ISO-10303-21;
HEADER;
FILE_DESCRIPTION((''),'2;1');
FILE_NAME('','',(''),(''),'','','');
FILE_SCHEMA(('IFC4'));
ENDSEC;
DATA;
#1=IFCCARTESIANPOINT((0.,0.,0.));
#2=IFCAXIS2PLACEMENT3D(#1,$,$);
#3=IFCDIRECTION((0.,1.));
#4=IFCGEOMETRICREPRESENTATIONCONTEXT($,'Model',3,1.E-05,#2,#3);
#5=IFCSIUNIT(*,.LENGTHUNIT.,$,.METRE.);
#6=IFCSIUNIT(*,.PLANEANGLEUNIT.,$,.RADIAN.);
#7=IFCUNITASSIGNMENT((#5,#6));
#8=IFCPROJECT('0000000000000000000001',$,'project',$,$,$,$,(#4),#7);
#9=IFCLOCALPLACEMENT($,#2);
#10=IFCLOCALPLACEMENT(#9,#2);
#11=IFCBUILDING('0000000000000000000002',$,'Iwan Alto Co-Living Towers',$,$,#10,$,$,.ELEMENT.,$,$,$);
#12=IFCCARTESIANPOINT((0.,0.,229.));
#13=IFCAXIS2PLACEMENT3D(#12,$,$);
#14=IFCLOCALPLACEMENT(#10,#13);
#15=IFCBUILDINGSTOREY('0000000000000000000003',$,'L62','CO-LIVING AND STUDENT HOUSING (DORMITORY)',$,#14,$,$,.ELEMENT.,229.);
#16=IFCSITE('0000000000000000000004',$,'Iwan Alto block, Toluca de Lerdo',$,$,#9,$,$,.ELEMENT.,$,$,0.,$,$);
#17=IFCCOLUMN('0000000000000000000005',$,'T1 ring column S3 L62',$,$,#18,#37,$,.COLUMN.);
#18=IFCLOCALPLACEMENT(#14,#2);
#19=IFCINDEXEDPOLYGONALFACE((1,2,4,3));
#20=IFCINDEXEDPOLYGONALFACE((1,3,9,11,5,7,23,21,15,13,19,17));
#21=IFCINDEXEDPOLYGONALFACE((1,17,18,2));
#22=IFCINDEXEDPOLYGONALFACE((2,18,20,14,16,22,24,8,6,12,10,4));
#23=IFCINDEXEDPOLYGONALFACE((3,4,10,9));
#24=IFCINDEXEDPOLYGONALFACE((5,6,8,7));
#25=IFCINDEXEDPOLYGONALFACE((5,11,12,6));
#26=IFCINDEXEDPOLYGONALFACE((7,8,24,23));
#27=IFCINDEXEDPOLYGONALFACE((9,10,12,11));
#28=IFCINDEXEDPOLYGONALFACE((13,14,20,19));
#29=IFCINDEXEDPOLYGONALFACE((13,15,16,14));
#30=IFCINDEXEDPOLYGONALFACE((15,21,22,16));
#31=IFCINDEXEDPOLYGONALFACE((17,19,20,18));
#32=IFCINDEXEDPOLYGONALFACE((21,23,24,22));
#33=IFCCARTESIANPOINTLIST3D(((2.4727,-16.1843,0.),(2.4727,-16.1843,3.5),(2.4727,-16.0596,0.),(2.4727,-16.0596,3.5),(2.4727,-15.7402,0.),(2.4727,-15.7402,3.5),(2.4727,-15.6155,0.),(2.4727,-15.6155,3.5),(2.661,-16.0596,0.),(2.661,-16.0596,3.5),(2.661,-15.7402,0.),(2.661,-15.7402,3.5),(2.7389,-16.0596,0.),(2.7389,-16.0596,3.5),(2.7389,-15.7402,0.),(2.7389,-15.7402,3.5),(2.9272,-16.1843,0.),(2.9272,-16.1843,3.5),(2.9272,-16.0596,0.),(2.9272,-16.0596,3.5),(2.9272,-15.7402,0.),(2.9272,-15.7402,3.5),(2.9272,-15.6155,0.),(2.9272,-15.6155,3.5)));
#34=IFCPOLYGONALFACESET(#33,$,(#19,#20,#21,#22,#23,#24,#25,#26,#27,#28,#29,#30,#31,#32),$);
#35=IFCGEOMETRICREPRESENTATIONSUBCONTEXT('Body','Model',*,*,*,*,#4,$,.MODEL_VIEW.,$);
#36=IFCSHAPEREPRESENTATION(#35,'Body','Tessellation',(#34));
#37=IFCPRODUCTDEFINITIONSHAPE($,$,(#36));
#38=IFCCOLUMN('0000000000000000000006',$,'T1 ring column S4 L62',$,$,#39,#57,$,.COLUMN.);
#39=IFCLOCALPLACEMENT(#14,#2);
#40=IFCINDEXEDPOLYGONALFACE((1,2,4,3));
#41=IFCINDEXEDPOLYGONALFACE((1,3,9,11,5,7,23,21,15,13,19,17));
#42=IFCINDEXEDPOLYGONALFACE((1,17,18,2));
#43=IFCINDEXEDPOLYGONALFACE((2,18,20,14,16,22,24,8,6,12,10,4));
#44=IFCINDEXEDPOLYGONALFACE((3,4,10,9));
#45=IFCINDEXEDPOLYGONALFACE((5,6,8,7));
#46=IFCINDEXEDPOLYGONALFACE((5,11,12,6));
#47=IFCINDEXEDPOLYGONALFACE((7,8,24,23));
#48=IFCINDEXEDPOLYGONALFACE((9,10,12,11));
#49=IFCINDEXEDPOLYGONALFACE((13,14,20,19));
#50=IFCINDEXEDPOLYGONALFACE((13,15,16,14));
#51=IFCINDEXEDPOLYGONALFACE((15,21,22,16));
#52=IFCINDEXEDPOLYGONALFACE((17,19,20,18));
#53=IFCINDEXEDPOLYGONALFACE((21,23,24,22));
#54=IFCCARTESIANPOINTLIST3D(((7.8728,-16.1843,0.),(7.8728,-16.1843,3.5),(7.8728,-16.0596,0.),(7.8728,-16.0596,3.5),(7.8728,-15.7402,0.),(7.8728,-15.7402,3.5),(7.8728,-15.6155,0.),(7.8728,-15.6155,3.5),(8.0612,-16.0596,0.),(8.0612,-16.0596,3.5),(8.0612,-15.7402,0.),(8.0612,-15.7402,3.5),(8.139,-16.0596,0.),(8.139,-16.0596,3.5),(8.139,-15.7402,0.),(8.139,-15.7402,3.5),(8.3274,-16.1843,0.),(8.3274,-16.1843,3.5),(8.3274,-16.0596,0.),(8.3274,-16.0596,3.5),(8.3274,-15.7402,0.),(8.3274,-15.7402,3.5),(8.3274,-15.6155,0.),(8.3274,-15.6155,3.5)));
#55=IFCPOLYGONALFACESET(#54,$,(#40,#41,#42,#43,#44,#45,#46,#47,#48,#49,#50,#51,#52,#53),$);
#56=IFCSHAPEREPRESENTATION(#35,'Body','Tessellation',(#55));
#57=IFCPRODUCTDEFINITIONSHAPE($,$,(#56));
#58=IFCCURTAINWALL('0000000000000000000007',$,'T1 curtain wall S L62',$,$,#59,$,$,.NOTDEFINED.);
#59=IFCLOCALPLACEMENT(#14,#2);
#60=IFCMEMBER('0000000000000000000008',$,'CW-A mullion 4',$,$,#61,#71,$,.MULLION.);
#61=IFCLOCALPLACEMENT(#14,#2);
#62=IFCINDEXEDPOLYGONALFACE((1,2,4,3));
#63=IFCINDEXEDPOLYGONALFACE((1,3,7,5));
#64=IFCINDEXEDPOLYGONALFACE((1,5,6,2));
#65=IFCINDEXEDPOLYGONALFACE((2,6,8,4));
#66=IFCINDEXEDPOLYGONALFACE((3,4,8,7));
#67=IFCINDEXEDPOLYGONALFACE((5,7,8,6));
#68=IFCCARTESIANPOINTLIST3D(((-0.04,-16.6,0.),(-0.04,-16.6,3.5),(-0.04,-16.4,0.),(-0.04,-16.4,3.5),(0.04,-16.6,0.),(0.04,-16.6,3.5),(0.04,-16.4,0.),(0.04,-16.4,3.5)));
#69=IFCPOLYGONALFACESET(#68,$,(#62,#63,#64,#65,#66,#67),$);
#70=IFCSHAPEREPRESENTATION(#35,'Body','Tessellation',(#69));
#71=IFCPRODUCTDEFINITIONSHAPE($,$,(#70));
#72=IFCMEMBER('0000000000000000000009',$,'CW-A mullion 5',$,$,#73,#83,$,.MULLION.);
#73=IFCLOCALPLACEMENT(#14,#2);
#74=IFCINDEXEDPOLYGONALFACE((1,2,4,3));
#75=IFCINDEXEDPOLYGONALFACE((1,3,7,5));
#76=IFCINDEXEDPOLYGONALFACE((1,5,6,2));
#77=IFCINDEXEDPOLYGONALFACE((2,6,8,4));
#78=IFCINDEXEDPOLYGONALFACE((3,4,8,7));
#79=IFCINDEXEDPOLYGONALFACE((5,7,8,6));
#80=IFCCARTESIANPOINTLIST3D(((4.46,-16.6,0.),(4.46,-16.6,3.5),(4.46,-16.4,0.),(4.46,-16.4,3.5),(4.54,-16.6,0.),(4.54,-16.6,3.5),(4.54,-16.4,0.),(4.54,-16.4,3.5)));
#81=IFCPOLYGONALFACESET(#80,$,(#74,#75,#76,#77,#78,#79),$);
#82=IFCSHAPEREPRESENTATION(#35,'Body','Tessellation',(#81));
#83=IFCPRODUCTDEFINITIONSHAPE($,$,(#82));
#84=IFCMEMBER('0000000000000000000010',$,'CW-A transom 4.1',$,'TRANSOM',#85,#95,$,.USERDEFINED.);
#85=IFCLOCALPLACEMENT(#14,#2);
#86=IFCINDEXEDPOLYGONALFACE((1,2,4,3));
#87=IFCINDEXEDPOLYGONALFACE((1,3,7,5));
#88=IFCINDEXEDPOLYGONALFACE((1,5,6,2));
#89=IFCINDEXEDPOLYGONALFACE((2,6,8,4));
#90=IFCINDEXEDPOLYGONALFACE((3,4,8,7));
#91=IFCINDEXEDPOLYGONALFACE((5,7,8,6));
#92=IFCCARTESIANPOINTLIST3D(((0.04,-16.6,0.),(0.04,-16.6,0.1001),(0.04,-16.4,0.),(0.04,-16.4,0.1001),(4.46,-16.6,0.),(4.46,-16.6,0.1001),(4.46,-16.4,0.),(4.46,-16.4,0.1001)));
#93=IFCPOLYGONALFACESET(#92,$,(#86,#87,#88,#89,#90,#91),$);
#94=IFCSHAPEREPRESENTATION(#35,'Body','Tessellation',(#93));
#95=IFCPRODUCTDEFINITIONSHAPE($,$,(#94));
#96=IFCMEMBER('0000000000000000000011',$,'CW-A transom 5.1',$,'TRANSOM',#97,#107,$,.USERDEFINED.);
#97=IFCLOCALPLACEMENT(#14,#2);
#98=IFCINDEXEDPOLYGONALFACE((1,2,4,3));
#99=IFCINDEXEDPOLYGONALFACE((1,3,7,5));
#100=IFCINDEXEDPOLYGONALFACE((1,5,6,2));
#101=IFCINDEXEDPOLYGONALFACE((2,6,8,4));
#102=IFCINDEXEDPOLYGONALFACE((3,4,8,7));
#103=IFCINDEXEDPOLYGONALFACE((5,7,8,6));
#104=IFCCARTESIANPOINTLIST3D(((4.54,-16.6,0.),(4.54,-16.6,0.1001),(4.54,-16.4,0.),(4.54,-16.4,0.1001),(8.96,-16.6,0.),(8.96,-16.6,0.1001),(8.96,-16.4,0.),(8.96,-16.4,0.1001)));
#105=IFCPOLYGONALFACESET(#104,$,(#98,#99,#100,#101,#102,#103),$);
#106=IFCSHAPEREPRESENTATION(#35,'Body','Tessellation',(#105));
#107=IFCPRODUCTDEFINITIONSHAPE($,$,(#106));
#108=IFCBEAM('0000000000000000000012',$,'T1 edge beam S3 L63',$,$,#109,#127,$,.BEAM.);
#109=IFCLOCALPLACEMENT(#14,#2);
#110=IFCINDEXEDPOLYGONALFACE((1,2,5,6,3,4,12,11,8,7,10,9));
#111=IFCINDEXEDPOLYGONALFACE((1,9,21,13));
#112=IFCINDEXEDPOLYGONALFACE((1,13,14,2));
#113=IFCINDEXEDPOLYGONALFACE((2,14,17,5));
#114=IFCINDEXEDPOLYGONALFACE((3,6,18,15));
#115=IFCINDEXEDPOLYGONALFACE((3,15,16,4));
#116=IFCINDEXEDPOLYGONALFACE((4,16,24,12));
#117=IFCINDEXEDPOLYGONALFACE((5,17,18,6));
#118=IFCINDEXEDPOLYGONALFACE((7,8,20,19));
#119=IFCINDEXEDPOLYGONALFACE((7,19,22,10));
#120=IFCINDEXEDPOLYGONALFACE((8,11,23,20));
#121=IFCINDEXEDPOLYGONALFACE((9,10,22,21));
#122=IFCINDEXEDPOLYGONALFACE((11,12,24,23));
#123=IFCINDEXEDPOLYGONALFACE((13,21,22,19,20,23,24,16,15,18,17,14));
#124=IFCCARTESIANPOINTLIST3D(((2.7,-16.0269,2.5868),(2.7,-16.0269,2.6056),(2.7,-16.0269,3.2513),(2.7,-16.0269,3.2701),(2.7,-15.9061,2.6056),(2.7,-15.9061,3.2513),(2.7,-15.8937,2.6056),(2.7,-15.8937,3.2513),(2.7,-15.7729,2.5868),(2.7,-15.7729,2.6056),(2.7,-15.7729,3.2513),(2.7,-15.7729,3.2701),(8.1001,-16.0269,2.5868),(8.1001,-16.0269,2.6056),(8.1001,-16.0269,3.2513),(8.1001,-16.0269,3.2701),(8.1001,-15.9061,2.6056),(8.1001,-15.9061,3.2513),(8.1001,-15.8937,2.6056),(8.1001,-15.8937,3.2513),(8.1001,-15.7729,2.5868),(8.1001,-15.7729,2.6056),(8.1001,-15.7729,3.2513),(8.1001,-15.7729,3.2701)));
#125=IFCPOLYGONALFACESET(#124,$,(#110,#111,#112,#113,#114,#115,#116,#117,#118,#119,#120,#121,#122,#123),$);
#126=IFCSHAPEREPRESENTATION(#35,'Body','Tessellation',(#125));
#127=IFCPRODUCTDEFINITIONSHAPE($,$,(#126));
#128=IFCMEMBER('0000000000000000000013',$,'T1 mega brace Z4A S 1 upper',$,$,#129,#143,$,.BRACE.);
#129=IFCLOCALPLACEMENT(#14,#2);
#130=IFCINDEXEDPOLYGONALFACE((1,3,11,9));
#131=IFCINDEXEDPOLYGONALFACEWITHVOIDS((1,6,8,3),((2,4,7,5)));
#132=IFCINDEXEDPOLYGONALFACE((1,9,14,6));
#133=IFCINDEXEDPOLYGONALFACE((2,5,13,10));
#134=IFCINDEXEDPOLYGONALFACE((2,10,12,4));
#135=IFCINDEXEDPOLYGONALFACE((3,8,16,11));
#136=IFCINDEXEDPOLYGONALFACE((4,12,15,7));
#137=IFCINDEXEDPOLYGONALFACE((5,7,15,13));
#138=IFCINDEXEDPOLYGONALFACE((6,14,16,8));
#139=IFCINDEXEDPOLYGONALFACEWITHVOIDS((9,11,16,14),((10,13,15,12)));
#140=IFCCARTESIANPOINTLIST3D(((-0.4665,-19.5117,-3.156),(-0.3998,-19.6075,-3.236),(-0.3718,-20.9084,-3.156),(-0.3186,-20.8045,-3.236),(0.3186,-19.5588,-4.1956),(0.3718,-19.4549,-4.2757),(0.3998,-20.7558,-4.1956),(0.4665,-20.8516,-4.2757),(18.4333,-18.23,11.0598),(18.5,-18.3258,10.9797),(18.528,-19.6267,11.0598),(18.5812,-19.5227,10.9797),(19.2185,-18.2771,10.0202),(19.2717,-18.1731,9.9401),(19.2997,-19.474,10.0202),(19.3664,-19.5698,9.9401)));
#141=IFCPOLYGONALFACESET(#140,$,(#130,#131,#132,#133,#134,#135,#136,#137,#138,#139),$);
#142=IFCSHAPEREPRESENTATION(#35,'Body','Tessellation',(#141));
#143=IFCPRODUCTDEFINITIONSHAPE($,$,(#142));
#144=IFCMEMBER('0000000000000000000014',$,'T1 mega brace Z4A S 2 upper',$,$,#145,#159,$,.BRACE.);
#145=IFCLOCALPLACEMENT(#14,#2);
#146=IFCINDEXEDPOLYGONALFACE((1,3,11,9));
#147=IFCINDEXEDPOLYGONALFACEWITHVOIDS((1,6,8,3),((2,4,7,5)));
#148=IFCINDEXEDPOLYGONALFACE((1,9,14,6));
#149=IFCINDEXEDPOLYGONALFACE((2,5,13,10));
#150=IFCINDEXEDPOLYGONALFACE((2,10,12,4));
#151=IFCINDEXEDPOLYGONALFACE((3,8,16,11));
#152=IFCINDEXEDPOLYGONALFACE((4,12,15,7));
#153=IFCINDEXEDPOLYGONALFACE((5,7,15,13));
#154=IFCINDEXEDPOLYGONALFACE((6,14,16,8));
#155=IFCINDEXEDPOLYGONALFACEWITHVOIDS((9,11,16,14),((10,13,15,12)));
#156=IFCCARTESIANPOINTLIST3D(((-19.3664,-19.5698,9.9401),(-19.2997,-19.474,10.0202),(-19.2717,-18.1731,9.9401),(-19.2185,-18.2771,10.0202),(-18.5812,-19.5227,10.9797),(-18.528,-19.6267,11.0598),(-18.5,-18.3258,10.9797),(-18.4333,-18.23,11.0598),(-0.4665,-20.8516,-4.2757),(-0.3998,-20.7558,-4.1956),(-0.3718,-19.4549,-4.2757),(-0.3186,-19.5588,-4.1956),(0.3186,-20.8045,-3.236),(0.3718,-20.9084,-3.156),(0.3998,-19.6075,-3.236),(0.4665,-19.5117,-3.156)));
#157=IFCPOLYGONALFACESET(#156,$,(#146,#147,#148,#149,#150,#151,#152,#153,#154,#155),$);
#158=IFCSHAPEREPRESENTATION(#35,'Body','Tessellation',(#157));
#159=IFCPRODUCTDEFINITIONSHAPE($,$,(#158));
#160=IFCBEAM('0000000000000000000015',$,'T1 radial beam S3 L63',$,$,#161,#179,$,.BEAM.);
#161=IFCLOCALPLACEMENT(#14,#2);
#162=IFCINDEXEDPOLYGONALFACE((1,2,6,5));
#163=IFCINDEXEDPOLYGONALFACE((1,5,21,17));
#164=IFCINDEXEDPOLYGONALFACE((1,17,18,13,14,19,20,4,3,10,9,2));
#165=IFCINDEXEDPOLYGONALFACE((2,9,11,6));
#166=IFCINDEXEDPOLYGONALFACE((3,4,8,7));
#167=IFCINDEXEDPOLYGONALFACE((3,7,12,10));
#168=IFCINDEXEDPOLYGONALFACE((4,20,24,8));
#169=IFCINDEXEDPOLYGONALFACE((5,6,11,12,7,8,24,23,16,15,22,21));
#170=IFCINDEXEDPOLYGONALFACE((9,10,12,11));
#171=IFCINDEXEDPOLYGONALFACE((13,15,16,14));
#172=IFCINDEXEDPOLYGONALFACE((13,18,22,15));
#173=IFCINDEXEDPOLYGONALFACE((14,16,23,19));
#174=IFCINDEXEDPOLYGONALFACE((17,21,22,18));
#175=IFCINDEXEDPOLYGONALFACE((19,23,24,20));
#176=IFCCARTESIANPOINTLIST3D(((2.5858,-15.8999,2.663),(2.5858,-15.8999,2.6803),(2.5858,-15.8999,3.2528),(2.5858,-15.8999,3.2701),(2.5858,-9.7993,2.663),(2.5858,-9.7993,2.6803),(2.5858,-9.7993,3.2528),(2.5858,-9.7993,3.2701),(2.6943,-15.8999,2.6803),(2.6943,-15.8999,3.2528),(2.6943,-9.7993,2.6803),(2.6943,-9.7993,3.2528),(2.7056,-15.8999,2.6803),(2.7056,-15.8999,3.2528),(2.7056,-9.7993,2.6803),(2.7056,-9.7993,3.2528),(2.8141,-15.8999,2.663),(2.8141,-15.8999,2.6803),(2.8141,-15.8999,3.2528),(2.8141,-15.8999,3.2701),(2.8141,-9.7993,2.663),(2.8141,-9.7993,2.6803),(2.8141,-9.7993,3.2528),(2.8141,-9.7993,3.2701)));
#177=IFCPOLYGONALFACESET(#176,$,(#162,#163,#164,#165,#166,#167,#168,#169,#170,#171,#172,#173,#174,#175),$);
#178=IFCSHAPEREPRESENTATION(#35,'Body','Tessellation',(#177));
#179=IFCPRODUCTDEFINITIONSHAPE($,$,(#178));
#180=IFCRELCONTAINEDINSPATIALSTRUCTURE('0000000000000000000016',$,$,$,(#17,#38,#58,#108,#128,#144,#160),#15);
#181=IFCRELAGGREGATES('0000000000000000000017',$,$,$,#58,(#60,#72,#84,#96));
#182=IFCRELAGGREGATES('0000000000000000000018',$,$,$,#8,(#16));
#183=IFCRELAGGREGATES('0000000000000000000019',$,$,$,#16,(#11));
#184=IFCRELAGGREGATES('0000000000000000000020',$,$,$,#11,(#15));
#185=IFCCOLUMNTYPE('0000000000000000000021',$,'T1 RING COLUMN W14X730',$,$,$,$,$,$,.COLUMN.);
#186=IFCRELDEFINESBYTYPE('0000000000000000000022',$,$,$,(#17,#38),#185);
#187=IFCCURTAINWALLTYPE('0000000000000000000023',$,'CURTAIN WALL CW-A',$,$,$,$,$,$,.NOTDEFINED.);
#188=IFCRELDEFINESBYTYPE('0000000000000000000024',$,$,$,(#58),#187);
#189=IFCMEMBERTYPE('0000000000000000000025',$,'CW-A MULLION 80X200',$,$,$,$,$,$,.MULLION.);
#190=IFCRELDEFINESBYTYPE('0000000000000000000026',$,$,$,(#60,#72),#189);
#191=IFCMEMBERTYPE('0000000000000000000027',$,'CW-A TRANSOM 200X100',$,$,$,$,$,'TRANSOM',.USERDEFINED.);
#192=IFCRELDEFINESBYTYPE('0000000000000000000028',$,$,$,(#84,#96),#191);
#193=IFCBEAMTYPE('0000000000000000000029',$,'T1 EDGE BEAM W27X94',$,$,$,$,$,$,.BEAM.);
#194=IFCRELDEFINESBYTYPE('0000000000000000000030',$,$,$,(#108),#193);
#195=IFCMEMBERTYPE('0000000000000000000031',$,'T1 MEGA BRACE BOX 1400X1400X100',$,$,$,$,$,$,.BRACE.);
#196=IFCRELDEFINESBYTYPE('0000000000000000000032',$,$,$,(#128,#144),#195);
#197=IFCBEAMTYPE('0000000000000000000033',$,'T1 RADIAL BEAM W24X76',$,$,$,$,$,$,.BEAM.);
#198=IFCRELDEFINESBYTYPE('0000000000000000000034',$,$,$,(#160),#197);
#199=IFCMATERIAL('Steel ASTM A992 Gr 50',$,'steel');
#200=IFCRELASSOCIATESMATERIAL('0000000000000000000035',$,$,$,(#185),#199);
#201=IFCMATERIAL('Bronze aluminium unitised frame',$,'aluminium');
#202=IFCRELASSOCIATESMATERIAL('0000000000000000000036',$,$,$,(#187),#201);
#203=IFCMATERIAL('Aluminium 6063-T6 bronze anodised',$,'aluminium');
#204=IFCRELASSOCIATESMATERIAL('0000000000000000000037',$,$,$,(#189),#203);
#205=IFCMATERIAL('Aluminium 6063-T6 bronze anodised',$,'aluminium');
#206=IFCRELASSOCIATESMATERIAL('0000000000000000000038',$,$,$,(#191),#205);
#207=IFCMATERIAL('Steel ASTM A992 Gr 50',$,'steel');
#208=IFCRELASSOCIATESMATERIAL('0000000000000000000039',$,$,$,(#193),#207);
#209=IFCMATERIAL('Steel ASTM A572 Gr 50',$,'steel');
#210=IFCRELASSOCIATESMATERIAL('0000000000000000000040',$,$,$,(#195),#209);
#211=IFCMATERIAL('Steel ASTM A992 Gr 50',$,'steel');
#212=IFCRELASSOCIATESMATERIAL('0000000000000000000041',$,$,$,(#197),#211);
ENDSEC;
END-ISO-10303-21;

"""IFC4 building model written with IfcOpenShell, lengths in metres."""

from ifc_helpers import new_model, si_unit, direction, frame, origin, origin_2d, place, context, subcontext, project, spatial, rectangle, hollow_rectangle, i_section, extrude, material, material_profile, profile_set, type_object, element, aggregate, save


model = new_model("IFC4")

# Units and contexts
model_context = context("Model", 3, precision=1e-05, world=origin(), true_north=direction((0.0, 1.0)))
body_context = subcontext(model_context, "Body", "Model", "MODEL_VIEW")
ifc_project = project(units=[si_unit("LENGTHUNIT", "METRE"), si_unit("PLANEANGLEUNIT", "RADIAN")], contexts=[model_context])

# Site, building, storey
site_placement = place(None, origin())
site = spatial("IfcSite", under=ifc_project, at=site_placement, Name="Iwan Alto block, Toluca de Lerdo", CompositionType="ELEMENT", RefElevation=0.0)
building_placement = place(site_placement, origin())
building = spatial("IfcBuilding", under=site, at=building_placement, Name="Iwan Alto Co-Living Towers", CompositionType="ELEMENT")
storey_placement = place(building_placement, frame((0.0, 0.0, 229.0)))
storey = spatial("IfcBuildingStorey", under=building, at=storey_placement, Name="L62", Description="CO-LIVING AND STUDENT HOUSING (DORMITORY)", CompositionType="ELEMENT", Elevation=229.0)

# Columns
ifc_material_1 = material(Name="Steel ASTM A992 Gr 50", Category="steel")
ifc_material_profile_1 = material_profile(ifc_material_1, i_section(OverallWidth=0.4546, OverallDepth=0.5688, WebThickness=0.0779, FlangeThickness=0.1248, at=origin_2d()), Name="W14X730")
ifc_profile_set_1 = profile_set([ifc_material_profile_1], Name="Steel ASTM A992 Gr 50")
column_type = type_object("IfcColumnType", Name="T1 RING COLUMN W14X730", PredefinedType="COLUMN", material=ifc_profile_set_1)
for number, where, z_axis, x_axis, name in (
    (1, (2.7, -15.8999, 0.0), (0.0, 0.0, 1.0), (1.0, 0.0, 0.0), "T1 ring column S3 L62"),
    (2, (8.1001, -15.8999, 0.0), (0.0, 0.0, 1.0), (1.0, 0.0, 0.0), "T1 ring column S4 L62"),
):
    element("IfcColumn", number, at=place(storey_placement, frame(where, z_axis=z_axis, x_axis=x_axis)), inside=storey, type_object=column_type, Name=name, PredefinedType="COLUMN", context=body_context, shape_type="SweptSolid", body=[
        extrude(i_section(OverallWidth=0.4546, OverallDepth=0.5688, WebThickness=0.0779, FlangeThickness=0.1248, at=origin_2d()), origin(), (0.0, 0.0, 1.0), 3.5),
    ])

# Curtain wall, members
ifc_material_2 = material(Name="Bronze aluminium unitised frame", Category="aluminium")
curtain_wall_type = type_object("IfcCurtainWallType", Name="CURTAIN WALL CW-A", PredefinedType="NOTDEFINED", material=ifc_material_2)
curtain_wall_placement = place(storey_placement, origin())
curtain_wall = element("IfcCurtainWall", 3, at=curtain_wall_placement, inside=storey, type_object=curtain_wall_type, Name="T1 curtain wall S L62", PredefinedType="NOTDEFINED")
ifc_material_3 = material(Name="Aluminium 6063-T6 bronze anodised", Category="aluminium")
ifc_material_profile_2 = material_profile(ifc_material_3, rectangle(XDim=0.2, YDim=0.0801, at=origin_2d()), Name="AL 80X200")
ifc_profile_set_2 = profile_set([ifc_material_profile_2], Name="Aluminium 6063-T6 bronze anodised")
member_type_1 = type_object("IfcMemberType", Name="CW-A MULLION 80X200", PredefinedType="MULLION", material=ifc_profile_set_2)
member_1_placement = place(storey_placement, frame((0.0, -16.5, 0.0), z_axis=(0.0, 0.0, 1.0), x_axis=(0.0, 1.0, 0.0)))
member_1 = element("IfcMember", 4, at=member_1_placement, type_object=member_type_1, Name="CW-A mullion 4", PredefinedType="MULLION", context=body_context, shape_type="SweptSolid", body=[
    extrude(rectangle(XDim=0.2, YDim=0.0801, at=origin_2d()), origin(), (0.0, 0.0, 1.0), 3.5),
])
member_2_placement = place(storey_placement, frame((4.5, -16.5, 0.0), z_axis=(0.0, 0.0, 1.0), x_axis=(0.0, 1.0, 0.0)))
member_2 = element("IfcMember", 5, at=member_2_placement, type_object=member_type_1, Name="CW-A mullion 5", PredefinedType="MULLION", context=body_context, shape_type="SweptSolid", body=[
    extrude(rectangle(XDim=0.2, YDim=0.0801, at=origin_2d()), origin(), (0.0, 0.0, 1.0), 3.5),
])
ifc_material_4 = material(Name="Aluminium 6063-T6 bronze anodised", Category="aluminium")
ifc_material_profile_3 = material_profile(ifc_material_4, rectangle(XDim=0.2, YDim=0.1001, at=origin_2d()), Name="AL 200X100")
ifc_profile_set_3 = profile_set([ifc_material_profile_3], Name="Aluminium 6063-T6 bronze anodised")
member_type_2 = type_object("IfcMemberType", Name="CW-A TRANSOM 200X100", ElementType="TRANSOM", PredefinedType="USERDEFINED", material=ifc_profile_set_3)
member_3_placement = place(storey_placement, frame((0.04, -16.5, 0.05), z_axis=(1.0, 0.0, 0.0), x_axis=(0.0, 1.0, 0.0)))
member_3 = element("IfcMember", 6, at=member_3_placement, type_object=member_type_2, Name="CW-A transom 4.1", ObjectType="TRANSOM", PredefinedType="USERDEFINED", context=body_context, shape_type="SweptSolid", body=[
    extrude(rectangle(XDim=0.2, YDim=0.1001, at=origin_2d()), origin(), (0.0, 0.0, 1.0), 4.4199),
])
member_4_placement = place(storey_placement, frame((4.54, -16.5, 0.05), z_axis=(1.0, 0.0, 0.0), x_axis=(0.0, 1.0, 0.0)))
member_4 = element("IfcMember", 7, at=member_4_placement, type_object=member_type_2, Name="CW-A transom 5.1", ObjectType="TRANSOM", PredefinedType="USERDEFINED", context=body_context, shape_type="SweptSolid", body=[
    extrude(rectangle(XDim=0.2, YDim=0.1001, at=origin_2d()), origin(), (0.0, 0.0, 1.0), 4.4199),
])

# Beam
ifc_material_5 = material(Name="Steel ASTM A992 Gr 50", Category="steel")
ifc_material_profile_4 = material_profile(ifc_material_5, i_section(OverallWidth=0.2539, OverallDepth=0.6833, WebThickness=0.0125, FlangeThickness=0.0188, at=origin_2d()), Name="W27X94")
ifc_profile_set_4 = profile_set([ifc_material_profile_4], Name="Steel ASTM A992 Gr 50")
beam_type_1 = type_object("IfcBeamType", Name="T1 EDGE BEAM W27X94", PredefinedType="BEAM", material=ifc_profile_set_4)
beam_1_placement = place(storey_placement, frame((2.7, -15.8999, 2.9285), z_axis=(1.0, 0.0, 0.0), x_axis=(0.0, 1.0, 0.0)))
element("IfcBeam", 8, at=beam_1_placement, inside=storey, type_object=beam_type_1, Name="T1 edge beam S3 L63", PredefinedType="BEAM", context=body_context, shape_type="SweptSolid", body=[
    extrude(i_section(OverallWidth=0.2539, OverallDepth=0.6833, WebThickness=0.0125, FlangeThickness=0.0188, at=origin_2d()), origin(), (0.0, 0.0, 1.0), 5.4001),
])

# Members
ifc_material_6 = material(Name="Steel ASTM A572 Gr 50", Category="steel")
ifc_material_profile_5 = material_profile(ifc_material_6, hollow_rectangle(XDim=1.3999, YDim=1.3999, WallThickness=0.1001, at=origin_2d()), Name="BOX 1400X1400X100")
ifc_profile_set_5 = profile_set([ifc_material_profile_5], Name="Steel ASTM A572 Gr 50")
member_type_3 = type_object("IfcMemberType", Name="T1 MEGA BRACE BOX 1400X1400X100", PredefinedType="BRACE", material=ifc_profile_set_5)
for number, where, z_axis, x_axis, name in (
    (9, (0.0, -20.1816, -3.7158), (0.797998, 0.054118, 0.600225), (-0.067662, 0.997708, 0.0), "T1 mega brace Z4A S 1 upper"),
    (10, (0.0, -20.1816, -3.7158), (-0.797998, 0.054118, 0.600225), (-0.067662, -0.997708, 0.0), "T1 mega brace Z4A S 2 upper"),
):
    element("IfcMember", number, at=place(storey_placement, frame(where, z_axis=z_axis, x_axis=x_axis)), inside=storey, type_object=member_type_3, Name=name, PredefinedType="BRACE", context=body_context, shape_type="SweptSolid", body=[
        extrude(hollow_rectangle(XDim=1.3999, YDim=1.3999, WallThickness=0.1001, at=origin_2d()), origin(), (0.0, 0.0, 1.0), 23.6841),
    ])

# Beam
ifc_material_7 = material(Name="Steel ASTM A992 Gr 50", Category="steel")
ifc_material_profile_6 = material_profile(ifc_material_7, i_section(OverallWidth=0.2283, OverallDepth=0.6072, WebThickness=0.0112, FlangeThickness=0.0173, at=origin_2d()), Name="W24X76")
ifc_profile_set_6 = profile_set([ifc_material_profile_6], Name="Steel ASTM A992 Gr 50")
beam_type_2 = type_object("IfcBeamType", Name="T1 RADIAL BEAM W24X76", PredefinedType="BEAM", material=ifc_profile_set_6)
beam_2_placement = place(storey_placement, frame((2.7, -15.8999, 2.9666), z_axis=(0.0, 1.0, 0.0), x_axis=(-1.0, 0.0, 0.0)))
element("IfcBeam", 11, at=beam_2_placement, inside=storey, type_object=beam_type_2, Name="T1 radial beam S3 L63", PredefinedType="BEAM", context=body_context, shape_type="SweptSolid", body=[
    extrude(i_section(OverallWidth=0.2283, OverallDepth=0.6072, WebThickness=0.0112, FlangeThickness=0.0173, at=origin_2d()), origin(), (0.0, 0.0, 1.0), 6.1006),
])

aggregate(curtain_wall, [member_1, member_2, member_3, member_4])

save(model, "model.ifc")
